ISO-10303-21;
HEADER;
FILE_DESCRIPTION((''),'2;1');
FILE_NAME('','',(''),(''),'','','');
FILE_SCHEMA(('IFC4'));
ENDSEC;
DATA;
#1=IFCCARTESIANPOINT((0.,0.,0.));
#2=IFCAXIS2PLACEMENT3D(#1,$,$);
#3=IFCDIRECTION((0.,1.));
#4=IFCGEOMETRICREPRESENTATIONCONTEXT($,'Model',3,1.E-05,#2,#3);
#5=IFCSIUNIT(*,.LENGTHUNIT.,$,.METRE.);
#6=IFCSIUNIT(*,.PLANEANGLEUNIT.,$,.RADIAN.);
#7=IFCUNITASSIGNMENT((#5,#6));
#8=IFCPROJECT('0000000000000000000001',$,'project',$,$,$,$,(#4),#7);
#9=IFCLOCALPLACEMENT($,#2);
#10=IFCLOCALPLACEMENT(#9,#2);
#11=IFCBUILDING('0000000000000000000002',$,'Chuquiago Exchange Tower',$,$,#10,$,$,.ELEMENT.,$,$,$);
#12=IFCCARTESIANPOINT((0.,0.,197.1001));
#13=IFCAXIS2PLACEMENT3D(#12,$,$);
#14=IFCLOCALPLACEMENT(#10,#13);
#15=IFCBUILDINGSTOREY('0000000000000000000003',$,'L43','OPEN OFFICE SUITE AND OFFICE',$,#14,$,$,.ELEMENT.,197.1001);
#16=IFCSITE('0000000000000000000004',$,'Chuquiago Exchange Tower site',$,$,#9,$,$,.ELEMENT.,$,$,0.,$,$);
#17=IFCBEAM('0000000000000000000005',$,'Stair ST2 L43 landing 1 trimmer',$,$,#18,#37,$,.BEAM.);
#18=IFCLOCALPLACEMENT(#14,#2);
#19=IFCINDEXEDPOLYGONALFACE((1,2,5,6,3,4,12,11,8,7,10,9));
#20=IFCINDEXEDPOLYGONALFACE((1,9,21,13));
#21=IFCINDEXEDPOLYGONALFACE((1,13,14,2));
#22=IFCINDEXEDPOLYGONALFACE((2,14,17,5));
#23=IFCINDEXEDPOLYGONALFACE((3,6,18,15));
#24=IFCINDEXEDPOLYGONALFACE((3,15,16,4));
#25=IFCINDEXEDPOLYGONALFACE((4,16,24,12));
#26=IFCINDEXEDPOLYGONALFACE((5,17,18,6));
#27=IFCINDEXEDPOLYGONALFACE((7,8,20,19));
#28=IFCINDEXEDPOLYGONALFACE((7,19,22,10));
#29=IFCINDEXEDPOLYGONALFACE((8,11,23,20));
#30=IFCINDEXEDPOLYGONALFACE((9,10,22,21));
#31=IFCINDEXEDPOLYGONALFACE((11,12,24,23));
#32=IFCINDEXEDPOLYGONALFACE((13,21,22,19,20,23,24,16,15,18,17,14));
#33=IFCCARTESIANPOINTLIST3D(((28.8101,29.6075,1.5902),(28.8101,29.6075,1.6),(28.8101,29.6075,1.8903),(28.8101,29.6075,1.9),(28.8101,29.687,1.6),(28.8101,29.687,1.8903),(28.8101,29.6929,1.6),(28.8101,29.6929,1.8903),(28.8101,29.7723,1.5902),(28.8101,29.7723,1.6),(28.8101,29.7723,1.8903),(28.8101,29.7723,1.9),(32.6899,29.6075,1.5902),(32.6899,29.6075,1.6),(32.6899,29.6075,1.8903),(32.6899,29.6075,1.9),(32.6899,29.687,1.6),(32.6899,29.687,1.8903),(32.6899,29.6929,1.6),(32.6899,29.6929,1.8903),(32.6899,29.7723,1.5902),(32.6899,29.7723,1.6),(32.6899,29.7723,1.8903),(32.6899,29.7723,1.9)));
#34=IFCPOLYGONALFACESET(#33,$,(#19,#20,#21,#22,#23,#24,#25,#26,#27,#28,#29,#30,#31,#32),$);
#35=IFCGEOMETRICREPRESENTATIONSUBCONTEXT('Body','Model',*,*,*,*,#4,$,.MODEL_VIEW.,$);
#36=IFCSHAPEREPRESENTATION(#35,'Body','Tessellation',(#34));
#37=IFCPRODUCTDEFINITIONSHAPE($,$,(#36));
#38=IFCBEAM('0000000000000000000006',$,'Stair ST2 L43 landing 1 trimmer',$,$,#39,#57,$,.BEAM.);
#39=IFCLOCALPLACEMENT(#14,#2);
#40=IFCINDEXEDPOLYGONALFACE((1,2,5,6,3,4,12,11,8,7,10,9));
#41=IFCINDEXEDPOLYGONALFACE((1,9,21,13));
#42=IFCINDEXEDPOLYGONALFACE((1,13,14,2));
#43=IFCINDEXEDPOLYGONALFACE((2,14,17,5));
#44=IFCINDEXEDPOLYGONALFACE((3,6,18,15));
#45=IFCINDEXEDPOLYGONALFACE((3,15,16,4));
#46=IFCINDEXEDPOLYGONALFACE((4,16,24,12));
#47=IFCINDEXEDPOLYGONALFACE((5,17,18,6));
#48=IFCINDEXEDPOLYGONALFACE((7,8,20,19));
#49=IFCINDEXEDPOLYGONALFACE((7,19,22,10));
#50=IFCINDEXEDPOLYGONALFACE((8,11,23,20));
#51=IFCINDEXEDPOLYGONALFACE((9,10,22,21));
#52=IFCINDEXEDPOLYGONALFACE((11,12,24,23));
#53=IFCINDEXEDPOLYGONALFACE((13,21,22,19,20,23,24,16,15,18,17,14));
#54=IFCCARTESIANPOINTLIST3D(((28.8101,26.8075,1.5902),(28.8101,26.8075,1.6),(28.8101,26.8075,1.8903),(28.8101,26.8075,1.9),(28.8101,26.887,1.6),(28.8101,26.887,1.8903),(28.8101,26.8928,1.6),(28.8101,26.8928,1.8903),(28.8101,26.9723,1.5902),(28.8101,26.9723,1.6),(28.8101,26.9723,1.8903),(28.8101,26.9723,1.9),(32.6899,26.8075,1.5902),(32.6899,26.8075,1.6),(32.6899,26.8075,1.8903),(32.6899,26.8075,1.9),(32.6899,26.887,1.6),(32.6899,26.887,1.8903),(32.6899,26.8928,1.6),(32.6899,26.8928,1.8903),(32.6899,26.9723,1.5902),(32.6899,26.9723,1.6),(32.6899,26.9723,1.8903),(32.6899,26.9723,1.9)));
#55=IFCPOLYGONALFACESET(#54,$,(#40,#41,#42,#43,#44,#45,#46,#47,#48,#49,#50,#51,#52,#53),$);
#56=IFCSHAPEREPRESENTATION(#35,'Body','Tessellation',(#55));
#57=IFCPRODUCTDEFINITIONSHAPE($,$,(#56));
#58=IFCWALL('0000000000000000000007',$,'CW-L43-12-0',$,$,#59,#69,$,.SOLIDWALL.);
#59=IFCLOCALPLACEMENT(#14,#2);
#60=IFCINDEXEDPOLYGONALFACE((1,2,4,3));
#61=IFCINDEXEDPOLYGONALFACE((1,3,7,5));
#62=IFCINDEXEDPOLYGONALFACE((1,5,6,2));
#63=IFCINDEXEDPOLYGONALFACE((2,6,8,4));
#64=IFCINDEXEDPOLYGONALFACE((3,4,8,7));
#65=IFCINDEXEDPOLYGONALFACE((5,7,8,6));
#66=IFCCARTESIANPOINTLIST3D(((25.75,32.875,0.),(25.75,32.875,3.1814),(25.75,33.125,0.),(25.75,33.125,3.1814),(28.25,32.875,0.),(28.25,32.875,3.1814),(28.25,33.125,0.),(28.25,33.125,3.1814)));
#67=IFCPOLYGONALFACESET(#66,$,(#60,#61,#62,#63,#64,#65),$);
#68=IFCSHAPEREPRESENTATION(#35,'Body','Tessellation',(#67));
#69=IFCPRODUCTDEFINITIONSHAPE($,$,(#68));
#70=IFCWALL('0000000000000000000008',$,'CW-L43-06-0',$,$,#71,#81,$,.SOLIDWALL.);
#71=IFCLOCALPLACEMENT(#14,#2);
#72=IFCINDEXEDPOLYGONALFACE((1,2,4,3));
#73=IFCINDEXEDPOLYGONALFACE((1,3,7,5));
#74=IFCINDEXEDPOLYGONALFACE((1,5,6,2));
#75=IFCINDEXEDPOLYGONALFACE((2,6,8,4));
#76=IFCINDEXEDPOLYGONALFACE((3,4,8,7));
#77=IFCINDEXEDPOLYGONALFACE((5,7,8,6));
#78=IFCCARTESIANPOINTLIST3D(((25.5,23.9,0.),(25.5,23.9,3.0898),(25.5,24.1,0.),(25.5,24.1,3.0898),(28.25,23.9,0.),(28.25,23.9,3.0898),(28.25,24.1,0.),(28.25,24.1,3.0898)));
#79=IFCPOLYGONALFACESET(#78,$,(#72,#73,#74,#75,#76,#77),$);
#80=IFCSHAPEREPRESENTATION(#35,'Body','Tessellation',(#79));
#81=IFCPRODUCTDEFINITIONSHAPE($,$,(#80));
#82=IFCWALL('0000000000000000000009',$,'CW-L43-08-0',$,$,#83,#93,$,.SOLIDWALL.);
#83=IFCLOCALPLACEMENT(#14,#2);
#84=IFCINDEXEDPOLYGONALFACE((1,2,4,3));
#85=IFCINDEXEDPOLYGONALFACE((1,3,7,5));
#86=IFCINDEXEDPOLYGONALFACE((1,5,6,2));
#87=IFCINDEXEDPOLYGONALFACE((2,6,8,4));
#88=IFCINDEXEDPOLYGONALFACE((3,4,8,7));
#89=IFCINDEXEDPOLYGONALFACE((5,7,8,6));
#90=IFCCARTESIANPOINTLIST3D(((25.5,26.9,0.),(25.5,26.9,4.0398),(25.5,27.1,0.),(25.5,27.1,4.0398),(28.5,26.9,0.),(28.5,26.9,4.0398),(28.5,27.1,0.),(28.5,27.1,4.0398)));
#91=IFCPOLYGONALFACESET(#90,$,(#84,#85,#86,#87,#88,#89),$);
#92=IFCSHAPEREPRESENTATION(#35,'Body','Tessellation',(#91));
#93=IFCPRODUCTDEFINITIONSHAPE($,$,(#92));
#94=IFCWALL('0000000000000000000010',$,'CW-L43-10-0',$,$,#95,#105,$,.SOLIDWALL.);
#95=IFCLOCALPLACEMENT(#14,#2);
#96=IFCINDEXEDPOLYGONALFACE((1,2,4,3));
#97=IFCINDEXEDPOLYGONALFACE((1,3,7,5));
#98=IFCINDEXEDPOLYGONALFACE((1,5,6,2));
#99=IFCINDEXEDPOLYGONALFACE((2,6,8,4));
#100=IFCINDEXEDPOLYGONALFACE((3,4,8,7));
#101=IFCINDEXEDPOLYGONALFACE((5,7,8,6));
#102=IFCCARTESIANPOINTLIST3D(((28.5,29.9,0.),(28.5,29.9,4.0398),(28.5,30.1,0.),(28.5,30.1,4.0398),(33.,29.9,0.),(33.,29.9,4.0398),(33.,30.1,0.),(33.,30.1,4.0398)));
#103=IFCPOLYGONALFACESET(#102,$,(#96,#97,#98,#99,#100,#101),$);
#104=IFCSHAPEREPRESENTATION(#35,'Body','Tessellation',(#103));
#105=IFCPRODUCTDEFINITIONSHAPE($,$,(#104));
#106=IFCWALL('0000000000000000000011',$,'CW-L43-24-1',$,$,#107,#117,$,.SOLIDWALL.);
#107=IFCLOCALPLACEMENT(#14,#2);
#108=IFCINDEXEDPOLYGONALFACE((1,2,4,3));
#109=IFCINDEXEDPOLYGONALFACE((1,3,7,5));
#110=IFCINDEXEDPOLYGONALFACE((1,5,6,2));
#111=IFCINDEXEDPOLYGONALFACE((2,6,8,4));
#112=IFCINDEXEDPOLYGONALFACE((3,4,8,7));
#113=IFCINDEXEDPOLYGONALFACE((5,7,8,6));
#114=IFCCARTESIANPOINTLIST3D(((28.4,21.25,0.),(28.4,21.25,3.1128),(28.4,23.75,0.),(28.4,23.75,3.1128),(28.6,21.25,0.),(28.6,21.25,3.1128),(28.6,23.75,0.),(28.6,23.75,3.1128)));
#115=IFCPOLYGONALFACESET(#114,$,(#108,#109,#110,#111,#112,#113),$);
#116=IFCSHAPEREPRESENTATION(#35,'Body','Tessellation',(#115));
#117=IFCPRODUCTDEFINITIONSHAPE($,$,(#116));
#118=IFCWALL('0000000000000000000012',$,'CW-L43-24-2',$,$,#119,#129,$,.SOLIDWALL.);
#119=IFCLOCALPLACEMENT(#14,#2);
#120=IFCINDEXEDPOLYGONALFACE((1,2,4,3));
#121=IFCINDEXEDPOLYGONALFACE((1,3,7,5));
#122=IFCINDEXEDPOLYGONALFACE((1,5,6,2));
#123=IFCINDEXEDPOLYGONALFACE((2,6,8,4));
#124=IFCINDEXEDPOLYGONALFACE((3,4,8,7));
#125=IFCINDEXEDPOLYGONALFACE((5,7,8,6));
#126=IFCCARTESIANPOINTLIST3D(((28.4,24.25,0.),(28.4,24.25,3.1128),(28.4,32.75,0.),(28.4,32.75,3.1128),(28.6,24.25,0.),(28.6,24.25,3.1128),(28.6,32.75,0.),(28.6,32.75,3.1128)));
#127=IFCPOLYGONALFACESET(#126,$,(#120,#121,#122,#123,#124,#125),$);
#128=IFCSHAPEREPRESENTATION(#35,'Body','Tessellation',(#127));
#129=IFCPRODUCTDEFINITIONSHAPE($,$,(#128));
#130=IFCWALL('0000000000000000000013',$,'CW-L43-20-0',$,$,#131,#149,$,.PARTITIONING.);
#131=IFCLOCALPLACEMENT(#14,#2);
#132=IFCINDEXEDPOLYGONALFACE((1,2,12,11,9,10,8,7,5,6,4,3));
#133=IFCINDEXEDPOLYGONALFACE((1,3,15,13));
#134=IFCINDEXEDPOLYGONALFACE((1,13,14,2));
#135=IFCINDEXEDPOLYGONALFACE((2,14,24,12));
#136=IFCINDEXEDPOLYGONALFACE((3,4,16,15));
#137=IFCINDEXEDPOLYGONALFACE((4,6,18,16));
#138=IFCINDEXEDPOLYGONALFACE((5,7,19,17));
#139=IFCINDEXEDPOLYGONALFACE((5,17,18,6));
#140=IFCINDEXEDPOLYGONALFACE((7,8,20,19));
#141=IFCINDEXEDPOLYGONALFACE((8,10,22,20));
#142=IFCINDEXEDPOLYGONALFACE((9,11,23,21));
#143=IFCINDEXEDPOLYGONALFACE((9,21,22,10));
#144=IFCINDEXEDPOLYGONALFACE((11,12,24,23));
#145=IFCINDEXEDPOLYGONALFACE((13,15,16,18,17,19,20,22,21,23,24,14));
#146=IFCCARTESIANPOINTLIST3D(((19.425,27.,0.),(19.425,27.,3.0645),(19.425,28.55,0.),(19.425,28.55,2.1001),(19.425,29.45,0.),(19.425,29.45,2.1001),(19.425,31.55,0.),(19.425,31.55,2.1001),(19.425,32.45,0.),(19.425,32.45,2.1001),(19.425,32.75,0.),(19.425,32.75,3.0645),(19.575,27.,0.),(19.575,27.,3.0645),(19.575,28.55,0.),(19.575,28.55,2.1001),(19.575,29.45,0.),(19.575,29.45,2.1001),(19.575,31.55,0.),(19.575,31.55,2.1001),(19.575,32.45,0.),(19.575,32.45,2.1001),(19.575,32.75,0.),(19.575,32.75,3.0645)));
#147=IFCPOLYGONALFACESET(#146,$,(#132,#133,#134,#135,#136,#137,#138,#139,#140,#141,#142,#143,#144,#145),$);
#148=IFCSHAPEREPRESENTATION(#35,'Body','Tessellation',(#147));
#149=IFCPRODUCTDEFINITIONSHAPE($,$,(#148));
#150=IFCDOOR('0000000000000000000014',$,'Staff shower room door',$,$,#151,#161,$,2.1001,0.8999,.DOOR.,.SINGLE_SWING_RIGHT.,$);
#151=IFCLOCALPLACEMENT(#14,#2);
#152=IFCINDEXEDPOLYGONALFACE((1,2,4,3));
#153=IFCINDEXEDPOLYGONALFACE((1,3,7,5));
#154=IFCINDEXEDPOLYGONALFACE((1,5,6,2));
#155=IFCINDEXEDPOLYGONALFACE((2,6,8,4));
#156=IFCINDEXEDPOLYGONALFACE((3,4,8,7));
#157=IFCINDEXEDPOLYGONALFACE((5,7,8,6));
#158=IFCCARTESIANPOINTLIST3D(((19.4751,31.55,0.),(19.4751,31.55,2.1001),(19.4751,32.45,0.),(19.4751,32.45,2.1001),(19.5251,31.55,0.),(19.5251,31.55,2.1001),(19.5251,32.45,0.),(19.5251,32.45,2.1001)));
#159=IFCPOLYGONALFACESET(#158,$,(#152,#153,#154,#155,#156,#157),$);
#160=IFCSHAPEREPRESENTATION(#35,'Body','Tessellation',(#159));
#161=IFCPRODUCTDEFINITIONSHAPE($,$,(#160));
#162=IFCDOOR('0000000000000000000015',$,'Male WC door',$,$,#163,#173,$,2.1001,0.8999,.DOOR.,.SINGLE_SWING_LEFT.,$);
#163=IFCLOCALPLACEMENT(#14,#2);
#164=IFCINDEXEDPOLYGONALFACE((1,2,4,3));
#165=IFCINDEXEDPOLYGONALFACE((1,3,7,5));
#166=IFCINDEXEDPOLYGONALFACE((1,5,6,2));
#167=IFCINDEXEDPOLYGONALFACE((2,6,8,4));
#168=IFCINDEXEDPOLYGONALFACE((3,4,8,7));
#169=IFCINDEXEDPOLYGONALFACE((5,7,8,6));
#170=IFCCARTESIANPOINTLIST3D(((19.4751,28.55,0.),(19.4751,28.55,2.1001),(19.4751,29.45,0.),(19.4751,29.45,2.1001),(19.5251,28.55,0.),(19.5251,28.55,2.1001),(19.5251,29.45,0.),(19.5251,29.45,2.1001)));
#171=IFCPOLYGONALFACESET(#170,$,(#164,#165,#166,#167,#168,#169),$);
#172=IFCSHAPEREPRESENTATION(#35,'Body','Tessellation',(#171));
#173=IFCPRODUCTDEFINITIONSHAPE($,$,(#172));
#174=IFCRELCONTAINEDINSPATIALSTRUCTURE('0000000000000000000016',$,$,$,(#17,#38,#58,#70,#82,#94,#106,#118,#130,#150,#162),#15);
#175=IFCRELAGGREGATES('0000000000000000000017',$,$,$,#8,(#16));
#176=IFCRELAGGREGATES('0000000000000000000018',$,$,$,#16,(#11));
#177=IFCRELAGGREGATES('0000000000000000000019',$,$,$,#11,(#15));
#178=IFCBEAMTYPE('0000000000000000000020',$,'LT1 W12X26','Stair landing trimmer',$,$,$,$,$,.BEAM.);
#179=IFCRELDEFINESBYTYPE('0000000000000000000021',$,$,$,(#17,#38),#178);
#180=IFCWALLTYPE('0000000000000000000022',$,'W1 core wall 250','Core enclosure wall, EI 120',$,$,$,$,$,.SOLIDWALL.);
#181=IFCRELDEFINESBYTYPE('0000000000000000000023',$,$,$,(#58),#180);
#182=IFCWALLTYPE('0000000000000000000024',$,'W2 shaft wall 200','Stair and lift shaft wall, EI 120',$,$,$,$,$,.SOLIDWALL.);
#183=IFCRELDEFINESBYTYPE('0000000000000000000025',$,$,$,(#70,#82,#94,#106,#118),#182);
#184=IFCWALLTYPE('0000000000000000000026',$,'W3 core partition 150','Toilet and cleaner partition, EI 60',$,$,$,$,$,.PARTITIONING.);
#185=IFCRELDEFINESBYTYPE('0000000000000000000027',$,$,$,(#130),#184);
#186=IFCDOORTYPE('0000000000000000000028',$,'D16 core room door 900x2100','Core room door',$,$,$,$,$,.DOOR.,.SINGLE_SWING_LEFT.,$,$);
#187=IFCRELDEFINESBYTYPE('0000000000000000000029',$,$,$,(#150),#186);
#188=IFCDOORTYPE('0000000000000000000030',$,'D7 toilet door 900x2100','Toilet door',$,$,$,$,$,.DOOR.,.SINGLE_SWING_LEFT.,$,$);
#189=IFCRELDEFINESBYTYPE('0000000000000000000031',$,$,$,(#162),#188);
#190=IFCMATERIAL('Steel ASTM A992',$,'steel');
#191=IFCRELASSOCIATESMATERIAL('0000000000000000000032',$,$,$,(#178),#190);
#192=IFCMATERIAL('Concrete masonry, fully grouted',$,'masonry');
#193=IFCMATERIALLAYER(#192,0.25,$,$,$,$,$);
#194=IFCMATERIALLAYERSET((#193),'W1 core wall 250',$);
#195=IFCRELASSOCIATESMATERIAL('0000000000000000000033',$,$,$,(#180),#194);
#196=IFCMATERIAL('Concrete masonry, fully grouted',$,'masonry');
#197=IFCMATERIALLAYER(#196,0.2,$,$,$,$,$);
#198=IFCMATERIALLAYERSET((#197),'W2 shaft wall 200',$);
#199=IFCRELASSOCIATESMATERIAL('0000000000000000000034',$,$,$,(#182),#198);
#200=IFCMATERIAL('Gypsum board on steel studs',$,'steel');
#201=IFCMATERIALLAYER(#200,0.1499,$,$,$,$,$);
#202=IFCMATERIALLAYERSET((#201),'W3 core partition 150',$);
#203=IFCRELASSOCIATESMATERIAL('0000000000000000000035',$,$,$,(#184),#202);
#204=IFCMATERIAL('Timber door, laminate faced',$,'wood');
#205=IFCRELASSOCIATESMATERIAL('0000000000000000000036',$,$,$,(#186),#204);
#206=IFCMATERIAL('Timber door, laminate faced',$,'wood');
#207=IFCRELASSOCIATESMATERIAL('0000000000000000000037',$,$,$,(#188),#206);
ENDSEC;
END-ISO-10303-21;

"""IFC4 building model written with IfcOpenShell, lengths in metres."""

from ifc_helpers import new_model, si_unit, direction, frame, frame_2d, origin, origin_2d, place, context, subcontext, project, spatial, rectangle, i_section, extrude, material, layer, layer_set, material_profile, profile_set, type_object, element, fill, save


model = new_model("IFC4")

# Units and contexts
model_context = context("Model", 3, precision=1e-05, world=origin(), true_north=direction((0.0, 1.0)))
body_context = subcontext(model_context, "Body", "Model", "MODEL_VIEW")
ifc_project = project(units=[si_unit("LENGTHUNIT", "METRE"), si_unit("PLANEANGLEUNIT", "RADIAN")], contexts=[model_context])

# Site, building, storey
site_placement = place(None, origin())
site = spatial("IfcSite", under=ifc_project, at=site_placement, Name="Chuquiago Exchange Tower site", CompositionType="ELEMENT", RefElevation=0.0)
building_placement = place(site_placement, origin())
building = spatial("IfcBuilding", under=site, at=building_placement, Name="Chuquiago Exchange Tower", CompositionType="ELEMENT")
storey_placement = place(building_placement, frame((0.0, 0.0, 197.1001)))
storey = spatial("IfcBuildingStorey", under=building, at=storey_placement, Name="L43", Description="OPEN OFFICE SUITE AND OFFICE", CompositionType="ELEMENT", Elevation=197.1001)

# Beams
ifc_material_1 = material(Name="Steel ASTM A992", Category="steel")
ifc_material_profile_1 = material_profile(ifc_material_1, i_section(OverallWidth=0.1648, OverallDepth=0.3098, WebThickness=0.0059, FlangeThickness=0.0098, at=origin_2d()), Name="W12X26")
ifc_profile_set_1 = profile_set([ifc_material_profile_1], Name="Steel ASTM A992")
beam_type_1 = type_object("IfcBeamType", Name="LT1 W12X26", Description="Stair landing trimmer", PredefinedType="BEAM", material=ifc_profile_set_1)
for number, where, z_axis, x_axis, name in (
    (1, (28.8101, 29.6899, 1.7451), (1.0, 0.0, 0.0), (0.0, 1.0, 0.0), "Stair ST2 L43 landing 1 trimmer"),
    (2, (28.8101, 26.8899, 1.7451), (1.0, 0.0, 0.0), (0.0, 1.0, 0.0), "Stair ST2 L43 landing 1 trimmer"),
):
    element("IfcBeam", number, at=place(storey_placement, frame(where, z_axis=z_axis, x_axis=x_axis)), inside=storey, type_object=beam_type_1, Name=name, PredefinedType="BEAM", context=body_context, shape_type="SweptSolid", body=[
        extrude(i_section(OverallWidth=0.1648, OverallDepth=0.3098, WebThickness=0.0059, FlangeThickness=0.0098, at=origin_2d()), origin(), (0.0, 0.0, 1.0), 3.8799),
    ])

# Walls
ifc_material_2 = material(Name="Concrete masonry, fully grouted", Category="masonry")
ifc_layer_1 = layer(ifc_material_2, 0.25)
ifc_layer_set_1 = layer_set([ifc_layer_1], Name="W1 core wall 250")
wall_type_1 = type_object("IfcWallType", Name="W1 core wall 250", Description="Core enclosure wall, EI 120", PredefinedType="SOLIDWALL", material=ifc_layer_set_1)
wall_1_placement = place(storey_placement, frame((25.75, 33.0, 0.0), z_axis=(0.0, 0.0, 1.0), x_axis=(1.0, 0.0, 0.0)))
element("IfcWall", 3, at=wall_1_placement, inside=storey, type_object=wall_type_1, Name="CW-L43-12-0", PredefinedType="SOLIDWALL", context=body_context, shape_type="SweptSolid", body=[
    extrude(rectangle(XDim=2.5, YDim=0.25, at=frame_2d((1.25, 0.0))), origin(), (0.0, 0.0, 1.0), 3.1814),
])
ifc_material_3 = material(Name="Concrete masonry, fully grouted", Category="masonry")
ifc_layer_2 = layer(ifc_material_3, 0.2)
ifc_layer_set_2 = layer_set([ifc_layer_2], Name="W2 shaft wall 200")
wall_type_2 = type_object("IfcWallType", Name="W2 shaft wall 200", Description="Stair and lift shaft wall, EI 120", PredefinedType="SOLIDWALL", material=ifc_layer_set_2)
wall_2_placement = place(storey_placement, frame((25.5, 24.0, 0.0), z_axis=(0.0, 0.0, 1.0), x_axis=(1.0, 0.0, 0.0)))
element("IfcWall", 4, at=wall_2_placement, inside=storey, type_object=wall_type_2, Name="CW-L43-06-0", PredefinedType="SOLIDWALL", context=body_context, shape_type="SweptSolid", body=[
    extrude(rectangle(XDim=2.75, YDim=0.2, at=frame_2d((1.375, 0.0))), origin(), (0.0, 0.0, 1.0), 3.0898),
])
wall_3_placement = place(storey_placement, frame((25.5, 27.0, 0.0), z_axis=(0.0, 0.0, 1.0), x_axis=(1.0, 0.0, 0.0)))
element("IfcWall", 5, at=wall_3_placement, inside=storey, type_object=wall_type_2, Name="CW-L43-08-0", PredefinedType="SOLIDWALL", context=body_context, shape_type="SweptSolid", body=[
    extrude(rectangle(XDim=3.0, YDim=0.2, at=frame_2d((1.5, 0.0))), origin(), (0.0, 0.0, 1.0), 4.0398),
])
wall_4_placement = place(storey_placement, frame((28.5, 30.0, 0.0), z_axis=(0.0, 0.0, 1.0), x_axis=(1.0, 0.0, 0.0)))
element("IfcWall", 6, at=wall_4_placement, inside=storey, type_object=wall_type_2, Name="CW-L43-10-0", PredefinedType="SOLIDWALL", context=body_context, shape_type="SweptSolid", body=[
    extrude(rectangle(XDim=4.5, YDim=0.2, at=frame_2d((2.25, 0.0))), origin(), (0.0, 0.0, 1.0), 4.0398),
])
wall_5_placement = place(storey_placement, frame((28.5, 21.25, 0.0), z_axis=(0.0, 0.0, 1.0), x_axis=(0.0, 1.0, 0.0)))
element("IfcWall", 7, at=wall_5_placement, inside=storey, type_object=wall_type_2, Name="CW-L43-24-1", PredefinedType="SOLIDWALL", context=body_context, shape_type="SweptSolid", body=[
    extrude(rectangle(XDim=2.5, YDim=0.2, at=frame_2d((1.25, 0.0))), origin(), (0.0, 0.0, 1.0), 3.1128),
])
wall_6_placement = place(storey_placement, frame((28.5, 24.25, 0.0), z_axis=(0.0, 0.0, 1.0), x_axis=(0.0, 1.0, 0.0)))
element("IfcWall", 8, at=wall_6_placement, inside=storey, type_object=wall_type_2, Name="CW-L43-24-2", PredefinedType="SOLIDWALL", context=body_context, shape_type="SweptSolid", body=[
    extrude(rectangle(XDim=8.5, YDim=0.2, at=frame_2d((4.25, 0.0))), origin(), (0.0, 0.0, 1.0), 3.1128),
])

# Wall, openings, doors
ifc_material_4 = material(Name="Gypsum board on steel studs", Category="steel")
ifc_layer_3 = layer(ifc_material_4, 0.1499)
ifc_layer_set_3 = layer_set([ifc_layer_3], Name="W3 core partition 150")
wall_type_3 = type_object("IfcWallType", Name="W3 core partition 150", Description="Toilet and cleaner partition, EI 60", PredefinedType="PARTITIONING", material=ifc_layer_set_3)
wall_7_placement = place(storey_placement, frame((19.5, 27.0, 0.0), z_axis=(0.0, 0.0, 1.0), x_axis=(0.0, 1.0, 0.0)))
wall_7 = element("IfcWall", 9, at=wall_7_placement, inside=storey, type_object=wall_type_3, Name="CW-L43-20-0", PredefinedType="PARTITIONING", context=body_context, shape_type="SweptSolid", body=[
    extrude(rectangle(XDim=5.75, YDim=0.1499, at=frame_2d((2.875, 0.0))), origin(), (0.0, 0.0, 1.0), 3.0645),
])
opening_1_placement = place(wall_7_placement, frame((1.55, 0.0, 0.0)))
opening_1 = element("IfcOpeningElement", 10, at=opening_1_placement, cuts=wall_7, PredefinedType="OPENING", context=body_context, shape_type="SweptSolid", body=[
    extrude(rectangle(XDim=0.8999, YDim=2.1001, at=frame_2d((0.45, 1.05))), frame((0.0, 0.085, 0.0), z_axis=(0.0, -1.0, 0.0), x_axis=(1.0, 0.0, 0.0)), (0.0, 0.0, 1.0), 0.1699),
])
opening_2_placement = place(wall_7_placement, frame((4.55, 0.0, 0.0)))
opening_2 = element("IfcOpeningElement", 11, at=opening_2_placement, cuts=wall_7, PredefinedType="OPENING", context=body_context, shape_type="SweptSolid", body=[
    extrude(rectangle(XDim=0.8999, YDim=2.1001, at=frame_2d((0.45, 1.05))), frame((0.0, 0.085, 0.0), z_axis=(0.0, -1.0, 0.0), x_axis=(1.0, 0.0, 0.0)), (0.0, 0.0, 1.0), 0.1699),
])
ifc_material_5 = material(Name="Timber door, laminate faced", Category="wood")
door_type_1 = type_object("IfcDoorType", Name="D16 core room door 900x2100", Description="Core room door", OperationType="SINGLE_SWING_LEFT", PredefinedType="DOOR", material=ifc_material_5)
door_1_placement = place(opening_2_placement, origin())
door_1 = element("IfcDoor", 12, at=door_1_placement, inside=storey, type_object=door_type_1, Name="Staff shower room door", OperationType="SINGLE_SWING_RIGHT", OverallHeight=2.1001, OverallWidth=0.8999, PredefinedType="DOOR", context=body_context, shape_type="SweptSolid", body=[
    extrude(rectangle(XDim=0.8999, YDim=2.1001, at=frame_2d((0.45, 1.05))), frame((0.0, 0.0249, 0.0), z_axis=(0.0, -1.0, 0.0), x_axis=(1.0, 0.0, 0.0)), (0.0, 0.0, 1.0), 0.05),
])
fill(opening_2, door_1)
ifc_material_6 = material(Name="Timber door, laminate faced", Category="wood")
door_type_2 = type_object("IfcDoorType", Name="D7 toilet door 900x2100", Description="Toilet door", OperationType="SINGLE_SWING_LEFT", PredefinedType="DOOR", material=ifc_material_6)
door_2_placement = place(opening_1_placement, origin())
door_2 = element("IfcDoor", 13, at=door_2_placement, inside=storey, type_object=door_type_2, Name="Male WC door", OperationType="SINGLE_SWING_LEFT", OverallHeight=2.1001, OverallWidth=0.8999, PredefinedType="DOOR", context=body_context, shape_type="SweptSolid", body=[
    extrude(rectangle(XDim=0.8999, YDim=2.1001, at=frame_2d((0.45, 1.05))), frame((0.0, 0.0249, 0.0), z_axis=(0.0, -1.0, 0.0), x_axis=(1.0, 0.0, 0.0)), (0.0, 0.0, 1.0), 0.05),
])
fill(opening_1, door_2)

save(model, "model.ifc")
